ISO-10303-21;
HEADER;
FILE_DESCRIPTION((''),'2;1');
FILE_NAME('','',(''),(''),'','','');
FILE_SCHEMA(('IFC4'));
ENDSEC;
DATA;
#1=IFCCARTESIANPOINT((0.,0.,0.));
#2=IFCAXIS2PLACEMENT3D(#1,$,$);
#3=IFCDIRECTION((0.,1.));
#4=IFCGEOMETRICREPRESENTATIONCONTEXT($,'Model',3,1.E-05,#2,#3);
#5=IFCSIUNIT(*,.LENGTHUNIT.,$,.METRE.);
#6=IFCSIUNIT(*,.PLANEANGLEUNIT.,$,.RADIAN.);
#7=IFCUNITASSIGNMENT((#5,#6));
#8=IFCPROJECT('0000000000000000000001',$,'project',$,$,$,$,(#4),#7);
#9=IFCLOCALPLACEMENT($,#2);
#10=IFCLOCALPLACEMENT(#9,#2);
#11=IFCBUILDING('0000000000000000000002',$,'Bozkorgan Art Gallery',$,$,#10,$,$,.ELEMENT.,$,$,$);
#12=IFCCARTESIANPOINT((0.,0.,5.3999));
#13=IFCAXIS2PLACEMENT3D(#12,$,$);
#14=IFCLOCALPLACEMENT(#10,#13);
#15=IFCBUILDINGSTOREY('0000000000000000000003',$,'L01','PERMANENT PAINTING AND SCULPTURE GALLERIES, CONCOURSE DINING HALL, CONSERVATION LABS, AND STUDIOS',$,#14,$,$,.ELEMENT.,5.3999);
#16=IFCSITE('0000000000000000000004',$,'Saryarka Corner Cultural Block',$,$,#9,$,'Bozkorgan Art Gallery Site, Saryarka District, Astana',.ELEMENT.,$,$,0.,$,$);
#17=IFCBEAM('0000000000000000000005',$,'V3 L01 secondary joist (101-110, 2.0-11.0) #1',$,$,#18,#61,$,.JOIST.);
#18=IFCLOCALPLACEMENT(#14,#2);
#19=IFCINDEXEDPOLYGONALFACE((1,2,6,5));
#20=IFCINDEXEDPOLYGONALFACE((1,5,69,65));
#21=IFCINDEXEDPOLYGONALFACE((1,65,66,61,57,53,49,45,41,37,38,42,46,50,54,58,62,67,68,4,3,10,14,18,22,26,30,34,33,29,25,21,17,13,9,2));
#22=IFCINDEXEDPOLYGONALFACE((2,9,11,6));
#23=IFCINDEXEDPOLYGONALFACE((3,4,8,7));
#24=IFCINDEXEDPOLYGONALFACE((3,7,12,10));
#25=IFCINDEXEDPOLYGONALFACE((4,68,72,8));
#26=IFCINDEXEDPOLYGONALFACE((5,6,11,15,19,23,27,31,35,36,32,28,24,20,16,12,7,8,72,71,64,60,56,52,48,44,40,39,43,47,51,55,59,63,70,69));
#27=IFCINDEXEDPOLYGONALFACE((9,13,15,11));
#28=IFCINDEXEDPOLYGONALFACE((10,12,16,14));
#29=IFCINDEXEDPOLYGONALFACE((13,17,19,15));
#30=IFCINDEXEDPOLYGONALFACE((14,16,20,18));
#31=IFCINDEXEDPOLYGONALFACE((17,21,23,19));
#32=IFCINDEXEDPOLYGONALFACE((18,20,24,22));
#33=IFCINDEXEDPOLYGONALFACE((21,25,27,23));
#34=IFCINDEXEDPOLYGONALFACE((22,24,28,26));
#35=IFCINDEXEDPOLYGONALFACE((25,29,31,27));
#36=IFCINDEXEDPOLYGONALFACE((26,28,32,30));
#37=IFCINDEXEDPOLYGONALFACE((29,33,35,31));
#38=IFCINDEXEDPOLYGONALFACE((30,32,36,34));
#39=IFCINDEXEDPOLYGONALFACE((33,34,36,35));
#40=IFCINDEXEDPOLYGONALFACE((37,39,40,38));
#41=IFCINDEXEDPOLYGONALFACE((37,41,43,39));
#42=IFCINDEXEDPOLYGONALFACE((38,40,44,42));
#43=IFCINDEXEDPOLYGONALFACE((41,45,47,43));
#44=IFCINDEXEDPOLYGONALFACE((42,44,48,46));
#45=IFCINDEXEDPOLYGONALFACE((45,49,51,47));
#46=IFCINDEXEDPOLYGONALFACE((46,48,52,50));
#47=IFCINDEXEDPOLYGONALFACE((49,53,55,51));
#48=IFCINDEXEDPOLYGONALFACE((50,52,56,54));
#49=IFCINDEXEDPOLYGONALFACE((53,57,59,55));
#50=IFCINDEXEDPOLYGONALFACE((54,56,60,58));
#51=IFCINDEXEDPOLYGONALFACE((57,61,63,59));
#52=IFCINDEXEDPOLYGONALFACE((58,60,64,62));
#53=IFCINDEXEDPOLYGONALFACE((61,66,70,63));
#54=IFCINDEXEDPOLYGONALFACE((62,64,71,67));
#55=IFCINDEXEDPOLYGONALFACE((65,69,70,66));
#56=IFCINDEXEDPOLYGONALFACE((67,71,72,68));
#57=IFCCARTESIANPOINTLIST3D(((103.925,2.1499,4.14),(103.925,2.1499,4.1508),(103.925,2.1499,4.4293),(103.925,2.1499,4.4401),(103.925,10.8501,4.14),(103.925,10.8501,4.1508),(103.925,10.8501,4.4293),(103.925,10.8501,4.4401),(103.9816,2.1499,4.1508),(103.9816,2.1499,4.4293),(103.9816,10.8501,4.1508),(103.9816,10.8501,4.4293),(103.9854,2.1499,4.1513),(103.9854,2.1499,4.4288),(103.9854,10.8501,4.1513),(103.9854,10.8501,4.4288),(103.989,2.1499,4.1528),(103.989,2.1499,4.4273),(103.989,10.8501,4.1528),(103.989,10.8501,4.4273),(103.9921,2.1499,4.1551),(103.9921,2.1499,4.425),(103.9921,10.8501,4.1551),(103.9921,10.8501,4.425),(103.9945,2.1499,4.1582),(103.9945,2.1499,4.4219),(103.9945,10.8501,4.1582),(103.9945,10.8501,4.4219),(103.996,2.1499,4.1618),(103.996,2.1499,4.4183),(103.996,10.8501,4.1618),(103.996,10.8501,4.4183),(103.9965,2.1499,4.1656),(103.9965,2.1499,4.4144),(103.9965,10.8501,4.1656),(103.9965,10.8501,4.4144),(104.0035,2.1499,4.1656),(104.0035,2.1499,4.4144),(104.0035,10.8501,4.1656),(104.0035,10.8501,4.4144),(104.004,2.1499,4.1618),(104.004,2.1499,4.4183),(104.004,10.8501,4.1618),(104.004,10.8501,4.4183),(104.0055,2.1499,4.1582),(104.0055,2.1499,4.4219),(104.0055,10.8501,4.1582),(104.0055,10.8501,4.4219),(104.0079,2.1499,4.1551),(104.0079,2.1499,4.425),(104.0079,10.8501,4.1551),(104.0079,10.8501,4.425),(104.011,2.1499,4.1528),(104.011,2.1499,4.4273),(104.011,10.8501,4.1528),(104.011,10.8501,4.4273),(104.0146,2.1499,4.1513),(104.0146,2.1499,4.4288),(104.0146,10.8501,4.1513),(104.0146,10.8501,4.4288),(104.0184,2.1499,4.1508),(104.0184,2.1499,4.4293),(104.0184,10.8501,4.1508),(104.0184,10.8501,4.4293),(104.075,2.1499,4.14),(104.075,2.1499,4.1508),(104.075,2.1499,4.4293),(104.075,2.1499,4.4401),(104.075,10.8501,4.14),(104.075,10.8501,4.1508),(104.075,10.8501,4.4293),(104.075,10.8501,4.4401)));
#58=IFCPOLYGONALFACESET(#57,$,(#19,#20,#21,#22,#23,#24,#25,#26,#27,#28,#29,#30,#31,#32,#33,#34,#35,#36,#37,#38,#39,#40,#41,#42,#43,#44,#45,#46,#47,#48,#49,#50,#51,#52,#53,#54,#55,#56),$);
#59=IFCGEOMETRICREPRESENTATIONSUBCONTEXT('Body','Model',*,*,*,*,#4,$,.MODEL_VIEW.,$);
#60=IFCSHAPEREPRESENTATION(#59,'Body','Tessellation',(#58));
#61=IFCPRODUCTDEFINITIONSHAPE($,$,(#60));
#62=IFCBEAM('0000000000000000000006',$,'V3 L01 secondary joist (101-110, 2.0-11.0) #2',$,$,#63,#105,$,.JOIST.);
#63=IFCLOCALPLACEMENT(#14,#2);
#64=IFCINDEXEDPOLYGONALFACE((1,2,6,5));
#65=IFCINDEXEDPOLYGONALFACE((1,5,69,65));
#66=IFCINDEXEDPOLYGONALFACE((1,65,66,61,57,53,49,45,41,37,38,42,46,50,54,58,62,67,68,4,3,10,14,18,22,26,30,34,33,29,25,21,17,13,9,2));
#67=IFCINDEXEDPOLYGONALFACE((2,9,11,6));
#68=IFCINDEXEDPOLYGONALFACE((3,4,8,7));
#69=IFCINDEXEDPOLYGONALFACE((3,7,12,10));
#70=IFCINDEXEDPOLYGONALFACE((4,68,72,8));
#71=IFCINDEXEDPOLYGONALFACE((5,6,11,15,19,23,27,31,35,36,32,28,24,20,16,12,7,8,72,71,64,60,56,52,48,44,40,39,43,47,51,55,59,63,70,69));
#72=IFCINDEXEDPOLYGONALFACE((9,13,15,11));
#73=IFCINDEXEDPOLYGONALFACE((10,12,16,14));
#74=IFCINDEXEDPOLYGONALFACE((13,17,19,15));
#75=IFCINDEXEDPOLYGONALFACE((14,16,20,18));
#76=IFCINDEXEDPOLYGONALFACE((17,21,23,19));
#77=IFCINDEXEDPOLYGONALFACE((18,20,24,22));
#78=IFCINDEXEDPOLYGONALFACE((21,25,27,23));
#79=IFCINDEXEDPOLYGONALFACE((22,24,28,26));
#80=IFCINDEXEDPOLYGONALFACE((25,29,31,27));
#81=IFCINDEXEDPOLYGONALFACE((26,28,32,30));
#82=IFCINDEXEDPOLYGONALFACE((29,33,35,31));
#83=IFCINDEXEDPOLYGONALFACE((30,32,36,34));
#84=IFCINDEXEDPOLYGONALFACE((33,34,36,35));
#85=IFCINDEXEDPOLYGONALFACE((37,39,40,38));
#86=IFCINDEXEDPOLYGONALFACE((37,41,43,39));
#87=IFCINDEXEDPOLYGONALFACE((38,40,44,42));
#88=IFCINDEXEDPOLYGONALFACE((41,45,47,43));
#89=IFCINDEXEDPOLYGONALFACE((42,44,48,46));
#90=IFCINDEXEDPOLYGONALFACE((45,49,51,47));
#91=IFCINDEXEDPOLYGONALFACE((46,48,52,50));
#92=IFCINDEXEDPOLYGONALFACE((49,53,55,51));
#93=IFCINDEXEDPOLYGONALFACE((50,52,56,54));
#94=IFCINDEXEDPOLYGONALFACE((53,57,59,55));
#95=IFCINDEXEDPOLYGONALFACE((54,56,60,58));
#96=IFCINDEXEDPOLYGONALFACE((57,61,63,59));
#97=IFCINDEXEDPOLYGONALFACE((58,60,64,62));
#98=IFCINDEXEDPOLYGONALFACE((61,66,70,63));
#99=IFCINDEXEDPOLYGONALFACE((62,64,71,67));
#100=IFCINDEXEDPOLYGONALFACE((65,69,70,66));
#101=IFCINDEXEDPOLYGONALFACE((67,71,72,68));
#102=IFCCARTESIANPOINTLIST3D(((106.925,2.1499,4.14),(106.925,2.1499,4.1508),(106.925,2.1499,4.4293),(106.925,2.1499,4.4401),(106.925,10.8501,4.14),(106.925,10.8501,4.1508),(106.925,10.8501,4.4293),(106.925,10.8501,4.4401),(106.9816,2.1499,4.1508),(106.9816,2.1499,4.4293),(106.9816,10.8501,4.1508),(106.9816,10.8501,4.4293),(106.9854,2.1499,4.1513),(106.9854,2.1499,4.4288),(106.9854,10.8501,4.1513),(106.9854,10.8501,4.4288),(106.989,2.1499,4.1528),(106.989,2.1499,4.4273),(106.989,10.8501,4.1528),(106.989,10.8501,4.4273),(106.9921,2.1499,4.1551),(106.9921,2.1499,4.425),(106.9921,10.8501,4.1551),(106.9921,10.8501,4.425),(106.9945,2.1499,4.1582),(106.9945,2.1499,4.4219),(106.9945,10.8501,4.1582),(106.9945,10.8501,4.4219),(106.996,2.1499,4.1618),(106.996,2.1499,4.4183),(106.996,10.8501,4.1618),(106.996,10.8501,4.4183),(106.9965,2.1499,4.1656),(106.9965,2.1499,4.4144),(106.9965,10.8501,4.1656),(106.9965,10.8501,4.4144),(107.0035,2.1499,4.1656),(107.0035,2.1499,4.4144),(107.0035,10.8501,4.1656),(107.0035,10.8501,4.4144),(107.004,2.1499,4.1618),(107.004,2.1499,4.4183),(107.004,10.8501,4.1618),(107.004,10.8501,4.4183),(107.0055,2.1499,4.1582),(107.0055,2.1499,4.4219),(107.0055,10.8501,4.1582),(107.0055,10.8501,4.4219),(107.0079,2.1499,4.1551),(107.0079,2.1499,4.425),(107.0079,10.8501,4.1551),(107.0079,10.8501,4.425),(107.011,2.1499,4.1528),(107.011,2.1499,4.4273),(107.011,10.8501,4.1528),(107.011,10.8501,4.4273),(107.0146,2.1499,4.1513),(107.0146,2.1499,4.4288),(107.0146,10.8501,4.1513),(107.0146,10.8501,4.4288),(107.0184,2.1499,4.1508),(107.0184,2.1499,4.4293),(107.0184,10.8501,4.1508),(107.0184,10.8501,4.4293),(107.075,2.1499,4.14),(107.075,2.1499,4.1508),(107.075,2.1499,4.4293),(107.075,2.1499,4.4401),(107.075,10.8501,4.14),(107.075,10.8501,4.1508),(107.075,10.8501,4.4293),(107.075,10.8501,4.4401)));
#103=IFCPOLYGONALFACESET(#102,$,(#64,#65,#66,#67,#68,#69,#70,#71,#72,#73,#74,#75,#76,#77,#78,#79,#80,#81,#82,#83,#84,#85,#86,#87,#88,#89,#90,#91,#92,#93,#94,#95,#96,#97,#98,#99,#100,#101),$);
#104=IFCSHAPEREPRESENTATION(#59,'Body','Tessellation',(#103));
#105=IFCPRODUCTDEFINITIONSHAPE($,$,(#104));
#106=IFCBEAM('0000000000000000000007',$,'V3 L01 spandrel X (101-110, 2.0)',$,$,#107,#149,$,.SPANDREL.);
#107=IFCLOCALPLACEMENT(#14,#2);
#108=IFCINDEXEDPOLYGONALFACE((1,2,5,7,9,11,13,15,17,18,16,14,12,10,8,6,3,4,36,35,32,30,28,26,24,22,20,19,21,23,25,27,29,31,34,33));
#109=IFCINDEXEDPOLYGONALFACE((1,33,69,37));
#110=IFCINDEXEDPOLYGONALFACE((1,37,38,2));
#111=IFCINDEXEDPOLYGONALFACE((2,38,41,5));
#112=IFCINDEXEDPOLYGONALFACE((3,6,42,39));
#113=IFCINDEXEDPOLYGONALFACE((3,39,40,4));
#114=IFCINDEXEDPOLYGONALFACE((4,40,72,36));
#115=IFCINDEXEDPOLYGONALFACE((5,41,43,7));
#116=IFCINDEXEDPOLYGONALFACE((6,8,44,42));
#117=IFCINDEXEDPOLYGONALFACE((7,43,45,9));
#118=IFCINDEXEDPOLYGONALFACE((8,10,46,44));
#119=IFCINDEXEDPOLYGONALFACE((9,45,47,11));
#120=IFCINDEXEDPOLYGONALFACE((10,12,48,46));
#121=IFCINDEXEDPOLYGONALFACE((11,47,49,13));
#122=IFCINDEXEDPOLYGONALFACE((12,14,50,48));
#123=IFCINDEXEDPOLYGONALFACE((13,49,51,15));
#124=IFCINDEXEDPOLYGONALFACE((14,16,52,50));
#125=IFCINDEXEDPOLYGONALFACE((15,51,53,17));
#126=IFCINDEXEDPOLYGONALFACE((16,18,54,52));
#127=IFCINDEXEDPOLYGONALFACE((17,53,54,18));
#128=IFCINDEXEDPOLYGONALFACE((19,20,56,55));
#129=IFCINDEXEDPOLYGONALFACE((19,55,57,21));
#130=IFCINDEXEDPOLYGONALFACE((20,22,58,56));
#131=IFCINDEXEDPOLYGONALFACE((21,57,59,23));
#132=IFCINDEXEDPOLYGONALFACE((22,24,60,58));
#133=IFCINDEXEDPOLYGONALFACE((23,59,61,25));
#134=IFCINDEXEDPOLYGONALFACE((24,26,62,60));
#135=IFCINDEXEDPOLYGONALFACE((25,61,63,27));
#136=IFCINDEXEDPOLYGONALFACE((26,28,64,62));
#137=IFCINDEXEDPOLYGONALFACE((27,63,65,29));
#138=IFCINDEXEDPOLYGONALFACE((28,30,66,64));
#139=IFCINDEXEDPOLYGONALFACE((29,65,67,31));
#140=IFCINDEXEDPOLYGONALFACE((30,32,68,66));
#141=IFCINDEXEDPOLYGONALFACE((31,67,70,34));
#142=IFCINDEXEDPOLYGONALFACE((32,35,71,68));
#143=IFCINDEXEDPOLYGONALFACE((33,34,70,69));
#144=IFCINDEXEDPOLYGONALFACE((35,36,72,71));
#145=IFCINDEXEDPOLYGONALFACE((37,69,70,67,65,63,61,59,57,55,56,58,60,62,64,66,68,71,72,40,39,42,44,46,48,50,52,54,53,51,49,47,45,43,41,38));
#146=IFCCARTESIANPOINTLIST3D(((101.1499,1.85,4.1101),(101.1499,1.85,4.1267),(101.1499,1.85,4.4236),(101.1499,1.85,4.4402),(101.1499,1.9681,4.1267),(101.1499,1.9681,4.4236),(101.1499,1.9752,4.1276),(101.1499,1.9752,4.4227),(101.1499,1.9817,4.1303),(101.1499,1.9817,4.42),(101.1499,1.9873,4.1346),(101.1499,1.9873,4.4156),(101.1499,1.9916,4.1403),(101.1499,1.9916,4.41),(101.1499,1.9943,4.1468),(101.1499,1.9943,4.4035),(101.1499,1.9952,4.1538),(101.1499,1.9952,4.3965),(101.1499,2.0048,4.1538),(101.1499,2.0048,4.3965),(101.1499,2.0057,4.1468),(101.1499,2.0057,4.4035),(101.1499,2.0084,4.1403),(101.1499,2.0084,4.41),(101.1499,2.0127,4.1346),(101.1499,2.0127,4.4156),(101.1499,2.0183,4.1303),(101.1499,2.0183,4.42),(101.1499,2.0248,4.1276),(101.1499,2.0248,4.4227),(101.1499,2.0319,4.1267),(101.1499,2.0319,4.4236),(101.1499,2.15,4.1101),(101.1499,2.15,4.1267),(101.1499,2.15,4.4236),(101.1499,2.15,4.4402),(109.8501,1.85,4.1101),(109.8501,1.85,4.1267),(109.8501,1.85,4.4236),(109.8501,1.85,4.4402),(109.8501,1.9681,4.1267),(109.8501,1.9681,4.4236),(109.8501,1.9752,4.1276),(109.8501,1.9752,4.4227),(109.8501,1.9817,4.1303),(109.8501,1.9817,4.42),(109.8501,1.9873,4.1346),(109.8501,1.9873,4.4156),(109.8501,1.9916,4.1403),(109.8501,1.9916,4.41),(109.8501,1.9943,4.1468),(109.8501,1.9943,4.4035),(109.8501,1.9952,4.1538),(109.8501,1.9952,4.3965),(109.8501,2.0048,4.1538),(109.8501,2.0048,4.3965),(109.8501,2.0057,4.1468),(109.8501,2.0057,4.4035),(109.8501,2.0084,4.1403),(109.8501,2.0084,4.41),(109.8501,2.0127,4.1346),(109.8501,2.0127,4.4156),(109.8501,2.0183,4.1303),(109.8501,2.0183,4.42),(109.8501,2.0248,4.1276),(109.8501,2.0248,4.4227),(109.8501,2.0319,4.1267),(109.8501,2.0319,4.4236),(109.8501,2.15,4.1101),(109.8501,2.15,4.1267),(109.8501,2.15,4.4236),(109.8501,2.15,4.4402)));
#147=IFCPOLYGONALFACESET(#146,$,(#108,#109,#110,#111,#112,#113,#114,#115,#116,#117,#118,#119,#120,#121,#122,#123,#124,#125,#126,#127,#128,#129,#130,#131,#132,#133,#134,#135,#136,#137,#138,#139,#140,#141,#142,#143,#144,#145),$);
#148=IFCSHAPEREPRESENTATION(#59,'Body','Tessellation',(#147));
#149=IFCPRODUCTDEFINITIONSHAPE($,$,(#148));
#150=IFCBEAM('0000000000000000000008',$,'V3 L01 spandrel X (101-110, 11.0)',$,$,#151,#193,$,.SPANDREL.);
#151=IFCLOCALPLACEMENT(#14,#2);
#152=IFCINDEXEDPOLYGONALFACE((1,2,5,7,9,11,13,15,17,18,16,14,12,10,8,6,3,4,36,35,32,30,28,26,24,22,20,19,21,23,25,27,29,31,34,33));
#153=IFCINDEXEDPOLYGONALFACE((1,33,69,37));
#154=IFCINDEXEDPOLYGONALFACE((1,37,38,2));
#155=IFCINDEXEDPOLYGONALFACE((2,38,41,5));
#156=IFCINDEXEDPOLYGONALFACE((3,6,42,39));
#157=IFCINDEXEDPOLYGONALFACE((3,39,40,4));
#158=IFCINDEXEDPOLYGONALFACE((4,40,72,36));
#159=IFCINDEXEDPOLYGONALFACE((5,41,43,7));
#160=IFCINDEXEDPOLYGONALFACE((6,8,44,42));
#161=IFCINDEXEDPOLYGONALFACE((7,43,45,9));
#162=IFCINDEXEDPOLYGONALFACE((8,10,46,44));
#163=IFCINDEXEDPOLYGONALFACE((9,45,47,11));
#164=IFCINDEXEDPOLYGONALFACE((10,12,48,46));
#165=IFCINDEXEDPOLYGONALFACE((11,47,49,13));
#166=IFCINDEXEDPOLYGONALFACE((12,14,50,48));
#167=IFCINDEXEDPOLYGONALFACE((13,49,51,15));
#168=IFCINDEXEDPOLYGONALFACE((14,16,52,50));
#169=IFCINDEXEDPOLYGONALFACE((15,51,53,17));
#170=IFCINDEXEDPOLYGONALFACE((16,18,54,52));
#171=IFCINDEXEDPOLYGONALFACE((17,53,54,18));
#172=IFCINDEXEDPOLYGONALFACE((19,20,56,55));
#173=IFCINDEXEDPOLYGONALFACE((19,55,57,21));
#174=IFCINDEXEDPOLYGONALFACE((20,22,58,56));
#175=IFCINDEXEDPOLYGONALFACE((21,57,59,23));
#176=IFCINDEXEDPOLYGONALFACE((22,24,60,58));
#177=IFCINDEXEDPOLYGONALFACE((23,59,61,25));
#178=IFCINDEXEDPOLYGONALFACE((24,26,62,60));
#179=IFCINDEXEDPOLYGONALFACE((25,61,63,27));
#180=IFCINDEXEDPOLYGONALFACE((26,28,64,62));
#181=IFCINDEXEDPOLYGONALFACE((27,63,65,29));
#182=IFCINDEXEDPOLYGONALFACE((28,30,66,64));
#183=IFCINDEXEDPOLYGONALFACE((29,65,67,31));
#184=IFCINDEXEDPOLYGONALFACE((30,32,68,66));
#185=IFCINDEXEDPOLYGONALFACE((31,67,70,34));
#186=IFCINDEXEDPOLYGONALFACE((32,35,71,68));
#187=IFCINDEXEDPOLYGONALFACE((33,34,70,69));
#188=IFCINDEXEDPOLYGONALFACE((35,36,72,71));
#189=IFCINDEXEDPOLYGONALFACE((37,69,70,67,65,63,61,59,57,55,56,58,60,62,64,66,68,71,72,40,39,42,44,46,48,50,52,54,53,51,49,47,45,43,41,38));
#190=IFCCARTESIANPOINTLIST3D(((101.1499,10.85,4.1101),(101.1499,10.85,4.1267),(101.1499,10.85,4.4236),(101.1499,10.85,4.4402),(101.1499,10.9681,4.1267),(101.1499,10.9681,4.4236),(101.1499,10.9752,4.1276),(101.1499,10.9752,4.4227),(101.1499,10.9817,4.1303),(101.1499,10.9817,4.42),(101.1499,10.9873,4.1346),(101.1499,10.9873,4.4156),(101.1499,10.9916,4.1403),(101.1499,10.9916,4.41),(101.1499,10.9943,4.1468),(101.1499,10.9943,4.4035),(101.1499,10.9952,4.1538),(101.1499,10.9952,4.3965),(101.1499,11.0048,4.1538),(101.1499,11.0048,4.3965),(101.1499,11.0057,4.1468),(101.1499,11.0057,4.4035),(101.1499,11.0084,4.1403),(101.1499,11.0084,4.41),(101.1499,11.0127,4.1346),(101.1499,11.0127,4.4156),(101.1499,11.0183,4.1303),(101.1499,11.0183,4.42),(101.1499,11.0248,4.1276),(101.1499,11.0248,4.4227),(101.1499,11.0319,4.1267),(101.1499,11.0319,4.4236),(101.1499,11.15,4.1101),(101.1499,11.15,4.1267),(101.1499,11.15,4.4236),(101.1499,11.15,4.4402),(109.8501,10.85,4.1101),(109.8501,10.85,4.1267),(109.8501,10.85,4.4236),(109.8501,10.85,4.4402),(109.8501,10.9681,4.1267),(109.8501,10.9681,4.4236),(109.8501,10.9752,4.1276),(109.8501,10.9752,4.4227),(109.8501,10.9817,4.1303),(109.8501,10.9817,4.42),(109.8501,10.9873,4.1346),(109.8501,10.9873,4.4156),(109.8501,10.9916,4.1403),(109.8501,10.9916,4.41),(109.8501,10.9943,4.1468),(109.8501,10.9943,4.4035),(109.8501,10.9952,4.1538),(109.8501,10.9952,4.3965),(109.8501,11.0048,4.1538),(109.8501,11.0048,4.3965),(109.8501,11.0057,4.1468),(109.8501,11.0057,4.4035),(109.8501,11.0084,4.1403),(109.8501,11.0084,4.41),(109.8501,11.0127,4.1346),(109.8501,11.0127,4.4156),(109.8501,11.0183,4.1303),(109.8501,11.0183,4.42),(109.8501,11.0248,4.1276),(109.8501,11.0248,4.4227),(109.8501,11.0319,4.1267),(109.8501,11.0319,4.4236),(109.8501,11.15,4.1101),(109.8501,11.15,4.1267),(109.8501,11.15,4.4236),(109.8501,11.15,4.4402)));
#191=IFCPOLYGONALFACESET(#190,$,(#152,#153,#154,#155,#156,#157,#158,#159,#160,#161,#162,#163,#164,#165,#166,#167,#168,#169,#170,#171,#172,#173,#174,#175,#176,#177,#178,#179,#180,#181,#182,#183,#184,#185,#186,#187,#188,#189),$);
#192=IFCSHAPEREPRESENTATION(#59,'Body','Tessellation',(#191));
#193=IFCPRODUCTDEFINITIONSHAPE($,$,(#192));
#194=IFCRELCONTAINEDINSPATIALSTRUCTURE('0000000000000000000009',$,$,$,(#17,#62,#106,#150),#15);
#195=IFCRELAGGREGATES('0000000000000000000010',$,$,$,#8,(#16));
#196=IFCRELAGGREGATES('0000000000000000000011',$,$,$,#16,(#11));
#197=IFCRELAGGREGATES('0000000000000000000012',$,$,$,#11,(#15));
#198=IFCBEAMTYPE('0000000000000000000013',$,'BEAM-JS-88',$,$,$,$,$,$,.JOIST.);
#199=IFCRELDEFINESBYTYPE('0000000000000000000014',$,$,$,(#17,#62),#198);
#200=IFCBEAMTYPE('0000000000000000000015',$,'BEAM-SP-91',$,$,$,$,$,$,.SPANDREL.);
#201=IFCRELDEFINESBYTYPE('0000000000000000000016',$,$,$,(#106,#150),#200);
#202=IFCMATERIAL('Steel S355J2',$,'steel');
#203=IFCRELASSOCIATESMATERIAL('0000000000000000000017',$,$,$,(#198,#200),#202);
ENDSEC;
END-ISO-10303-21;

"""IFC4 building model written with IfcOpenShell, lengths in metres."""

from ifc_helpers import new_model, si_unit, direction, frame, origin, origin_2d, place, context, subcontext, project, spatial, i_section, extrude, material, material_profile, profile_set, type_object, element, save


model = new_model("IFC4")

# Units and contexts
model_context = context("Model", 3, precision=1e-05, world=origin(), true_north=direction((0.0, 1.0)))
body_context = subcontext(model_context, "Body", "Model", "MODEL_VIEW")
ifc_project = project(units=[si_unit("LENGTHUNIT", "METRE"), si_unit("PLANEANGLEUNIT", "RADIAN")], contexts=[model_context])

# Site, building, storey
site_placement = place(None, origin())
site = spatial("IfcSite", under=ifc_project, at=site_placement, Name="Saryarka Corner Cultural Block", LongName="Bozkorgan Art Gallery Site, Saryarka District, Astana", CompositionType="ELEMENT", RefElevation=0.0)
building_placement = place(site_placement, origin())
building = spatial("IfcBuilding", under=site, at=building_placement, Name="Bozkorgan Art Gallery", CompositionType="ELEMENT")
storey_placement = place(building_placement, frame((0.0, 0.0, 5.3999)))
storey = spatial("IfcBuildingStorey", under=building, at=storey_placement, Name="L01", Description="PERMANENT PAINTING AND SCULPTURE GALLERIES, CONCOURSE DINING HALL, CONSERVATION LABS, AND STUDIOS", CompositionType="ELEMENT", Elevation=5.3999)

# Beams
ifc_material_1 = material(Name="Steel S355J2", Category="steel")
ifc_material_profile_1 = material_profile(ifc_material_1, i_section(OverallWidth=0.1499, OverallDepth=0.3, WebThickness=0.0071, FlangeThickness=0.0107, FilletRadius=0.0149, at=origin_2d()), Name="IPE 300")
ifc_profile_set_1 = profile_set([ifc_material_profile_1], Name="Steel S355J2")
beam_type_1 = type_object("IfcBeamType", Name="BEAM-JS-88", PredefinedType="JOIST", material=ifc_profile_set_1)
for number, where, z_axis, x_axis, name in (
    (1, (104.0, 2.1499, 4.29), (0.0, 1.0, 0.0), (-1.0, 0.0, 0.0), "V3 L01 secondary joist (101-110, 2.0-11.0) #1"),
    (2, (107.0, 2.1499, 4.29), (0.0, 1.0, 0.0), (-1.0, 0.0, 0.0), "V3 L01 secondary joist (101-110, 2.0-11.0) #2"),
):
    element("IfcBeam", number, at=place(storey_placement, frame(where, z_axis=z_axis, x_axis=x_axis)), inside=storey, type_object=beam_type_1, Name=name, PredefinedType="JOIST", context=body_context, shape_type="SweptSolid", body=[
        extrude(i_section(OverallWidth=0.1499, OverallDepth=0.3, WebThickness=0.0071, FlangeThickness=0.0107, FilletRadius=0.0149, at=origin_2d()), origin(), (0.0, 0.0, 1.0), 8.7002),
    ])
ifc_material_profile_2 = material_profile(ifc_material_1, i_section(OverallWidth=0.3, OverallDepth=0.3301, WebThickness=0.0095, FlangeThickness=0.0166, FilletRadius=0.0271, at=origin_2d()), Name="HEA 340")
ifc_profile_set_2 = profile_set([ifc_material_profile_2], Name="Steel S355J2")
beam_type_2 = type_object("IfcBeamType", Name="BEAM-SP-91", PredefinedType="SPANDREL", material=ifc_profile_set_2)
for number, where, z_axis, x_axis, name in (
    (3, (101.1499, 2.0, 4.2751), (1.0, 0.0, 0.0), (0.0, 1.0, 0.0), "V3 L01 spandrel X (101-110, 2.0)"),
    (4, (101.1499, 11.0, 4.2751), (1.0, 0.0, 0.0), (0.0, 1.0, 0.0), "V3 L01 spandrel X (101-110, 11.0)"),
):
    element("IfcBeam", number, at=place(storey_placement, frame(where, z_axis=z_axis, x_axis=x_axis)), inside=storey, type_object=beam_type_2, Name=name, PredefinedType="SPANDREL", context=body_context, shape_type="SweptSolid", body=[
        extrude(i_section(OverallWidth=0.3, OverallDepth=0.3301, WebThickness=0.0095, FlangeThickness=0.0166, FilletRadius=0.0271, at=origin_2d()), origin(), (0.0, 0.0, 1.0), 8.7002),
    ])

save(model, "model.ifc")
